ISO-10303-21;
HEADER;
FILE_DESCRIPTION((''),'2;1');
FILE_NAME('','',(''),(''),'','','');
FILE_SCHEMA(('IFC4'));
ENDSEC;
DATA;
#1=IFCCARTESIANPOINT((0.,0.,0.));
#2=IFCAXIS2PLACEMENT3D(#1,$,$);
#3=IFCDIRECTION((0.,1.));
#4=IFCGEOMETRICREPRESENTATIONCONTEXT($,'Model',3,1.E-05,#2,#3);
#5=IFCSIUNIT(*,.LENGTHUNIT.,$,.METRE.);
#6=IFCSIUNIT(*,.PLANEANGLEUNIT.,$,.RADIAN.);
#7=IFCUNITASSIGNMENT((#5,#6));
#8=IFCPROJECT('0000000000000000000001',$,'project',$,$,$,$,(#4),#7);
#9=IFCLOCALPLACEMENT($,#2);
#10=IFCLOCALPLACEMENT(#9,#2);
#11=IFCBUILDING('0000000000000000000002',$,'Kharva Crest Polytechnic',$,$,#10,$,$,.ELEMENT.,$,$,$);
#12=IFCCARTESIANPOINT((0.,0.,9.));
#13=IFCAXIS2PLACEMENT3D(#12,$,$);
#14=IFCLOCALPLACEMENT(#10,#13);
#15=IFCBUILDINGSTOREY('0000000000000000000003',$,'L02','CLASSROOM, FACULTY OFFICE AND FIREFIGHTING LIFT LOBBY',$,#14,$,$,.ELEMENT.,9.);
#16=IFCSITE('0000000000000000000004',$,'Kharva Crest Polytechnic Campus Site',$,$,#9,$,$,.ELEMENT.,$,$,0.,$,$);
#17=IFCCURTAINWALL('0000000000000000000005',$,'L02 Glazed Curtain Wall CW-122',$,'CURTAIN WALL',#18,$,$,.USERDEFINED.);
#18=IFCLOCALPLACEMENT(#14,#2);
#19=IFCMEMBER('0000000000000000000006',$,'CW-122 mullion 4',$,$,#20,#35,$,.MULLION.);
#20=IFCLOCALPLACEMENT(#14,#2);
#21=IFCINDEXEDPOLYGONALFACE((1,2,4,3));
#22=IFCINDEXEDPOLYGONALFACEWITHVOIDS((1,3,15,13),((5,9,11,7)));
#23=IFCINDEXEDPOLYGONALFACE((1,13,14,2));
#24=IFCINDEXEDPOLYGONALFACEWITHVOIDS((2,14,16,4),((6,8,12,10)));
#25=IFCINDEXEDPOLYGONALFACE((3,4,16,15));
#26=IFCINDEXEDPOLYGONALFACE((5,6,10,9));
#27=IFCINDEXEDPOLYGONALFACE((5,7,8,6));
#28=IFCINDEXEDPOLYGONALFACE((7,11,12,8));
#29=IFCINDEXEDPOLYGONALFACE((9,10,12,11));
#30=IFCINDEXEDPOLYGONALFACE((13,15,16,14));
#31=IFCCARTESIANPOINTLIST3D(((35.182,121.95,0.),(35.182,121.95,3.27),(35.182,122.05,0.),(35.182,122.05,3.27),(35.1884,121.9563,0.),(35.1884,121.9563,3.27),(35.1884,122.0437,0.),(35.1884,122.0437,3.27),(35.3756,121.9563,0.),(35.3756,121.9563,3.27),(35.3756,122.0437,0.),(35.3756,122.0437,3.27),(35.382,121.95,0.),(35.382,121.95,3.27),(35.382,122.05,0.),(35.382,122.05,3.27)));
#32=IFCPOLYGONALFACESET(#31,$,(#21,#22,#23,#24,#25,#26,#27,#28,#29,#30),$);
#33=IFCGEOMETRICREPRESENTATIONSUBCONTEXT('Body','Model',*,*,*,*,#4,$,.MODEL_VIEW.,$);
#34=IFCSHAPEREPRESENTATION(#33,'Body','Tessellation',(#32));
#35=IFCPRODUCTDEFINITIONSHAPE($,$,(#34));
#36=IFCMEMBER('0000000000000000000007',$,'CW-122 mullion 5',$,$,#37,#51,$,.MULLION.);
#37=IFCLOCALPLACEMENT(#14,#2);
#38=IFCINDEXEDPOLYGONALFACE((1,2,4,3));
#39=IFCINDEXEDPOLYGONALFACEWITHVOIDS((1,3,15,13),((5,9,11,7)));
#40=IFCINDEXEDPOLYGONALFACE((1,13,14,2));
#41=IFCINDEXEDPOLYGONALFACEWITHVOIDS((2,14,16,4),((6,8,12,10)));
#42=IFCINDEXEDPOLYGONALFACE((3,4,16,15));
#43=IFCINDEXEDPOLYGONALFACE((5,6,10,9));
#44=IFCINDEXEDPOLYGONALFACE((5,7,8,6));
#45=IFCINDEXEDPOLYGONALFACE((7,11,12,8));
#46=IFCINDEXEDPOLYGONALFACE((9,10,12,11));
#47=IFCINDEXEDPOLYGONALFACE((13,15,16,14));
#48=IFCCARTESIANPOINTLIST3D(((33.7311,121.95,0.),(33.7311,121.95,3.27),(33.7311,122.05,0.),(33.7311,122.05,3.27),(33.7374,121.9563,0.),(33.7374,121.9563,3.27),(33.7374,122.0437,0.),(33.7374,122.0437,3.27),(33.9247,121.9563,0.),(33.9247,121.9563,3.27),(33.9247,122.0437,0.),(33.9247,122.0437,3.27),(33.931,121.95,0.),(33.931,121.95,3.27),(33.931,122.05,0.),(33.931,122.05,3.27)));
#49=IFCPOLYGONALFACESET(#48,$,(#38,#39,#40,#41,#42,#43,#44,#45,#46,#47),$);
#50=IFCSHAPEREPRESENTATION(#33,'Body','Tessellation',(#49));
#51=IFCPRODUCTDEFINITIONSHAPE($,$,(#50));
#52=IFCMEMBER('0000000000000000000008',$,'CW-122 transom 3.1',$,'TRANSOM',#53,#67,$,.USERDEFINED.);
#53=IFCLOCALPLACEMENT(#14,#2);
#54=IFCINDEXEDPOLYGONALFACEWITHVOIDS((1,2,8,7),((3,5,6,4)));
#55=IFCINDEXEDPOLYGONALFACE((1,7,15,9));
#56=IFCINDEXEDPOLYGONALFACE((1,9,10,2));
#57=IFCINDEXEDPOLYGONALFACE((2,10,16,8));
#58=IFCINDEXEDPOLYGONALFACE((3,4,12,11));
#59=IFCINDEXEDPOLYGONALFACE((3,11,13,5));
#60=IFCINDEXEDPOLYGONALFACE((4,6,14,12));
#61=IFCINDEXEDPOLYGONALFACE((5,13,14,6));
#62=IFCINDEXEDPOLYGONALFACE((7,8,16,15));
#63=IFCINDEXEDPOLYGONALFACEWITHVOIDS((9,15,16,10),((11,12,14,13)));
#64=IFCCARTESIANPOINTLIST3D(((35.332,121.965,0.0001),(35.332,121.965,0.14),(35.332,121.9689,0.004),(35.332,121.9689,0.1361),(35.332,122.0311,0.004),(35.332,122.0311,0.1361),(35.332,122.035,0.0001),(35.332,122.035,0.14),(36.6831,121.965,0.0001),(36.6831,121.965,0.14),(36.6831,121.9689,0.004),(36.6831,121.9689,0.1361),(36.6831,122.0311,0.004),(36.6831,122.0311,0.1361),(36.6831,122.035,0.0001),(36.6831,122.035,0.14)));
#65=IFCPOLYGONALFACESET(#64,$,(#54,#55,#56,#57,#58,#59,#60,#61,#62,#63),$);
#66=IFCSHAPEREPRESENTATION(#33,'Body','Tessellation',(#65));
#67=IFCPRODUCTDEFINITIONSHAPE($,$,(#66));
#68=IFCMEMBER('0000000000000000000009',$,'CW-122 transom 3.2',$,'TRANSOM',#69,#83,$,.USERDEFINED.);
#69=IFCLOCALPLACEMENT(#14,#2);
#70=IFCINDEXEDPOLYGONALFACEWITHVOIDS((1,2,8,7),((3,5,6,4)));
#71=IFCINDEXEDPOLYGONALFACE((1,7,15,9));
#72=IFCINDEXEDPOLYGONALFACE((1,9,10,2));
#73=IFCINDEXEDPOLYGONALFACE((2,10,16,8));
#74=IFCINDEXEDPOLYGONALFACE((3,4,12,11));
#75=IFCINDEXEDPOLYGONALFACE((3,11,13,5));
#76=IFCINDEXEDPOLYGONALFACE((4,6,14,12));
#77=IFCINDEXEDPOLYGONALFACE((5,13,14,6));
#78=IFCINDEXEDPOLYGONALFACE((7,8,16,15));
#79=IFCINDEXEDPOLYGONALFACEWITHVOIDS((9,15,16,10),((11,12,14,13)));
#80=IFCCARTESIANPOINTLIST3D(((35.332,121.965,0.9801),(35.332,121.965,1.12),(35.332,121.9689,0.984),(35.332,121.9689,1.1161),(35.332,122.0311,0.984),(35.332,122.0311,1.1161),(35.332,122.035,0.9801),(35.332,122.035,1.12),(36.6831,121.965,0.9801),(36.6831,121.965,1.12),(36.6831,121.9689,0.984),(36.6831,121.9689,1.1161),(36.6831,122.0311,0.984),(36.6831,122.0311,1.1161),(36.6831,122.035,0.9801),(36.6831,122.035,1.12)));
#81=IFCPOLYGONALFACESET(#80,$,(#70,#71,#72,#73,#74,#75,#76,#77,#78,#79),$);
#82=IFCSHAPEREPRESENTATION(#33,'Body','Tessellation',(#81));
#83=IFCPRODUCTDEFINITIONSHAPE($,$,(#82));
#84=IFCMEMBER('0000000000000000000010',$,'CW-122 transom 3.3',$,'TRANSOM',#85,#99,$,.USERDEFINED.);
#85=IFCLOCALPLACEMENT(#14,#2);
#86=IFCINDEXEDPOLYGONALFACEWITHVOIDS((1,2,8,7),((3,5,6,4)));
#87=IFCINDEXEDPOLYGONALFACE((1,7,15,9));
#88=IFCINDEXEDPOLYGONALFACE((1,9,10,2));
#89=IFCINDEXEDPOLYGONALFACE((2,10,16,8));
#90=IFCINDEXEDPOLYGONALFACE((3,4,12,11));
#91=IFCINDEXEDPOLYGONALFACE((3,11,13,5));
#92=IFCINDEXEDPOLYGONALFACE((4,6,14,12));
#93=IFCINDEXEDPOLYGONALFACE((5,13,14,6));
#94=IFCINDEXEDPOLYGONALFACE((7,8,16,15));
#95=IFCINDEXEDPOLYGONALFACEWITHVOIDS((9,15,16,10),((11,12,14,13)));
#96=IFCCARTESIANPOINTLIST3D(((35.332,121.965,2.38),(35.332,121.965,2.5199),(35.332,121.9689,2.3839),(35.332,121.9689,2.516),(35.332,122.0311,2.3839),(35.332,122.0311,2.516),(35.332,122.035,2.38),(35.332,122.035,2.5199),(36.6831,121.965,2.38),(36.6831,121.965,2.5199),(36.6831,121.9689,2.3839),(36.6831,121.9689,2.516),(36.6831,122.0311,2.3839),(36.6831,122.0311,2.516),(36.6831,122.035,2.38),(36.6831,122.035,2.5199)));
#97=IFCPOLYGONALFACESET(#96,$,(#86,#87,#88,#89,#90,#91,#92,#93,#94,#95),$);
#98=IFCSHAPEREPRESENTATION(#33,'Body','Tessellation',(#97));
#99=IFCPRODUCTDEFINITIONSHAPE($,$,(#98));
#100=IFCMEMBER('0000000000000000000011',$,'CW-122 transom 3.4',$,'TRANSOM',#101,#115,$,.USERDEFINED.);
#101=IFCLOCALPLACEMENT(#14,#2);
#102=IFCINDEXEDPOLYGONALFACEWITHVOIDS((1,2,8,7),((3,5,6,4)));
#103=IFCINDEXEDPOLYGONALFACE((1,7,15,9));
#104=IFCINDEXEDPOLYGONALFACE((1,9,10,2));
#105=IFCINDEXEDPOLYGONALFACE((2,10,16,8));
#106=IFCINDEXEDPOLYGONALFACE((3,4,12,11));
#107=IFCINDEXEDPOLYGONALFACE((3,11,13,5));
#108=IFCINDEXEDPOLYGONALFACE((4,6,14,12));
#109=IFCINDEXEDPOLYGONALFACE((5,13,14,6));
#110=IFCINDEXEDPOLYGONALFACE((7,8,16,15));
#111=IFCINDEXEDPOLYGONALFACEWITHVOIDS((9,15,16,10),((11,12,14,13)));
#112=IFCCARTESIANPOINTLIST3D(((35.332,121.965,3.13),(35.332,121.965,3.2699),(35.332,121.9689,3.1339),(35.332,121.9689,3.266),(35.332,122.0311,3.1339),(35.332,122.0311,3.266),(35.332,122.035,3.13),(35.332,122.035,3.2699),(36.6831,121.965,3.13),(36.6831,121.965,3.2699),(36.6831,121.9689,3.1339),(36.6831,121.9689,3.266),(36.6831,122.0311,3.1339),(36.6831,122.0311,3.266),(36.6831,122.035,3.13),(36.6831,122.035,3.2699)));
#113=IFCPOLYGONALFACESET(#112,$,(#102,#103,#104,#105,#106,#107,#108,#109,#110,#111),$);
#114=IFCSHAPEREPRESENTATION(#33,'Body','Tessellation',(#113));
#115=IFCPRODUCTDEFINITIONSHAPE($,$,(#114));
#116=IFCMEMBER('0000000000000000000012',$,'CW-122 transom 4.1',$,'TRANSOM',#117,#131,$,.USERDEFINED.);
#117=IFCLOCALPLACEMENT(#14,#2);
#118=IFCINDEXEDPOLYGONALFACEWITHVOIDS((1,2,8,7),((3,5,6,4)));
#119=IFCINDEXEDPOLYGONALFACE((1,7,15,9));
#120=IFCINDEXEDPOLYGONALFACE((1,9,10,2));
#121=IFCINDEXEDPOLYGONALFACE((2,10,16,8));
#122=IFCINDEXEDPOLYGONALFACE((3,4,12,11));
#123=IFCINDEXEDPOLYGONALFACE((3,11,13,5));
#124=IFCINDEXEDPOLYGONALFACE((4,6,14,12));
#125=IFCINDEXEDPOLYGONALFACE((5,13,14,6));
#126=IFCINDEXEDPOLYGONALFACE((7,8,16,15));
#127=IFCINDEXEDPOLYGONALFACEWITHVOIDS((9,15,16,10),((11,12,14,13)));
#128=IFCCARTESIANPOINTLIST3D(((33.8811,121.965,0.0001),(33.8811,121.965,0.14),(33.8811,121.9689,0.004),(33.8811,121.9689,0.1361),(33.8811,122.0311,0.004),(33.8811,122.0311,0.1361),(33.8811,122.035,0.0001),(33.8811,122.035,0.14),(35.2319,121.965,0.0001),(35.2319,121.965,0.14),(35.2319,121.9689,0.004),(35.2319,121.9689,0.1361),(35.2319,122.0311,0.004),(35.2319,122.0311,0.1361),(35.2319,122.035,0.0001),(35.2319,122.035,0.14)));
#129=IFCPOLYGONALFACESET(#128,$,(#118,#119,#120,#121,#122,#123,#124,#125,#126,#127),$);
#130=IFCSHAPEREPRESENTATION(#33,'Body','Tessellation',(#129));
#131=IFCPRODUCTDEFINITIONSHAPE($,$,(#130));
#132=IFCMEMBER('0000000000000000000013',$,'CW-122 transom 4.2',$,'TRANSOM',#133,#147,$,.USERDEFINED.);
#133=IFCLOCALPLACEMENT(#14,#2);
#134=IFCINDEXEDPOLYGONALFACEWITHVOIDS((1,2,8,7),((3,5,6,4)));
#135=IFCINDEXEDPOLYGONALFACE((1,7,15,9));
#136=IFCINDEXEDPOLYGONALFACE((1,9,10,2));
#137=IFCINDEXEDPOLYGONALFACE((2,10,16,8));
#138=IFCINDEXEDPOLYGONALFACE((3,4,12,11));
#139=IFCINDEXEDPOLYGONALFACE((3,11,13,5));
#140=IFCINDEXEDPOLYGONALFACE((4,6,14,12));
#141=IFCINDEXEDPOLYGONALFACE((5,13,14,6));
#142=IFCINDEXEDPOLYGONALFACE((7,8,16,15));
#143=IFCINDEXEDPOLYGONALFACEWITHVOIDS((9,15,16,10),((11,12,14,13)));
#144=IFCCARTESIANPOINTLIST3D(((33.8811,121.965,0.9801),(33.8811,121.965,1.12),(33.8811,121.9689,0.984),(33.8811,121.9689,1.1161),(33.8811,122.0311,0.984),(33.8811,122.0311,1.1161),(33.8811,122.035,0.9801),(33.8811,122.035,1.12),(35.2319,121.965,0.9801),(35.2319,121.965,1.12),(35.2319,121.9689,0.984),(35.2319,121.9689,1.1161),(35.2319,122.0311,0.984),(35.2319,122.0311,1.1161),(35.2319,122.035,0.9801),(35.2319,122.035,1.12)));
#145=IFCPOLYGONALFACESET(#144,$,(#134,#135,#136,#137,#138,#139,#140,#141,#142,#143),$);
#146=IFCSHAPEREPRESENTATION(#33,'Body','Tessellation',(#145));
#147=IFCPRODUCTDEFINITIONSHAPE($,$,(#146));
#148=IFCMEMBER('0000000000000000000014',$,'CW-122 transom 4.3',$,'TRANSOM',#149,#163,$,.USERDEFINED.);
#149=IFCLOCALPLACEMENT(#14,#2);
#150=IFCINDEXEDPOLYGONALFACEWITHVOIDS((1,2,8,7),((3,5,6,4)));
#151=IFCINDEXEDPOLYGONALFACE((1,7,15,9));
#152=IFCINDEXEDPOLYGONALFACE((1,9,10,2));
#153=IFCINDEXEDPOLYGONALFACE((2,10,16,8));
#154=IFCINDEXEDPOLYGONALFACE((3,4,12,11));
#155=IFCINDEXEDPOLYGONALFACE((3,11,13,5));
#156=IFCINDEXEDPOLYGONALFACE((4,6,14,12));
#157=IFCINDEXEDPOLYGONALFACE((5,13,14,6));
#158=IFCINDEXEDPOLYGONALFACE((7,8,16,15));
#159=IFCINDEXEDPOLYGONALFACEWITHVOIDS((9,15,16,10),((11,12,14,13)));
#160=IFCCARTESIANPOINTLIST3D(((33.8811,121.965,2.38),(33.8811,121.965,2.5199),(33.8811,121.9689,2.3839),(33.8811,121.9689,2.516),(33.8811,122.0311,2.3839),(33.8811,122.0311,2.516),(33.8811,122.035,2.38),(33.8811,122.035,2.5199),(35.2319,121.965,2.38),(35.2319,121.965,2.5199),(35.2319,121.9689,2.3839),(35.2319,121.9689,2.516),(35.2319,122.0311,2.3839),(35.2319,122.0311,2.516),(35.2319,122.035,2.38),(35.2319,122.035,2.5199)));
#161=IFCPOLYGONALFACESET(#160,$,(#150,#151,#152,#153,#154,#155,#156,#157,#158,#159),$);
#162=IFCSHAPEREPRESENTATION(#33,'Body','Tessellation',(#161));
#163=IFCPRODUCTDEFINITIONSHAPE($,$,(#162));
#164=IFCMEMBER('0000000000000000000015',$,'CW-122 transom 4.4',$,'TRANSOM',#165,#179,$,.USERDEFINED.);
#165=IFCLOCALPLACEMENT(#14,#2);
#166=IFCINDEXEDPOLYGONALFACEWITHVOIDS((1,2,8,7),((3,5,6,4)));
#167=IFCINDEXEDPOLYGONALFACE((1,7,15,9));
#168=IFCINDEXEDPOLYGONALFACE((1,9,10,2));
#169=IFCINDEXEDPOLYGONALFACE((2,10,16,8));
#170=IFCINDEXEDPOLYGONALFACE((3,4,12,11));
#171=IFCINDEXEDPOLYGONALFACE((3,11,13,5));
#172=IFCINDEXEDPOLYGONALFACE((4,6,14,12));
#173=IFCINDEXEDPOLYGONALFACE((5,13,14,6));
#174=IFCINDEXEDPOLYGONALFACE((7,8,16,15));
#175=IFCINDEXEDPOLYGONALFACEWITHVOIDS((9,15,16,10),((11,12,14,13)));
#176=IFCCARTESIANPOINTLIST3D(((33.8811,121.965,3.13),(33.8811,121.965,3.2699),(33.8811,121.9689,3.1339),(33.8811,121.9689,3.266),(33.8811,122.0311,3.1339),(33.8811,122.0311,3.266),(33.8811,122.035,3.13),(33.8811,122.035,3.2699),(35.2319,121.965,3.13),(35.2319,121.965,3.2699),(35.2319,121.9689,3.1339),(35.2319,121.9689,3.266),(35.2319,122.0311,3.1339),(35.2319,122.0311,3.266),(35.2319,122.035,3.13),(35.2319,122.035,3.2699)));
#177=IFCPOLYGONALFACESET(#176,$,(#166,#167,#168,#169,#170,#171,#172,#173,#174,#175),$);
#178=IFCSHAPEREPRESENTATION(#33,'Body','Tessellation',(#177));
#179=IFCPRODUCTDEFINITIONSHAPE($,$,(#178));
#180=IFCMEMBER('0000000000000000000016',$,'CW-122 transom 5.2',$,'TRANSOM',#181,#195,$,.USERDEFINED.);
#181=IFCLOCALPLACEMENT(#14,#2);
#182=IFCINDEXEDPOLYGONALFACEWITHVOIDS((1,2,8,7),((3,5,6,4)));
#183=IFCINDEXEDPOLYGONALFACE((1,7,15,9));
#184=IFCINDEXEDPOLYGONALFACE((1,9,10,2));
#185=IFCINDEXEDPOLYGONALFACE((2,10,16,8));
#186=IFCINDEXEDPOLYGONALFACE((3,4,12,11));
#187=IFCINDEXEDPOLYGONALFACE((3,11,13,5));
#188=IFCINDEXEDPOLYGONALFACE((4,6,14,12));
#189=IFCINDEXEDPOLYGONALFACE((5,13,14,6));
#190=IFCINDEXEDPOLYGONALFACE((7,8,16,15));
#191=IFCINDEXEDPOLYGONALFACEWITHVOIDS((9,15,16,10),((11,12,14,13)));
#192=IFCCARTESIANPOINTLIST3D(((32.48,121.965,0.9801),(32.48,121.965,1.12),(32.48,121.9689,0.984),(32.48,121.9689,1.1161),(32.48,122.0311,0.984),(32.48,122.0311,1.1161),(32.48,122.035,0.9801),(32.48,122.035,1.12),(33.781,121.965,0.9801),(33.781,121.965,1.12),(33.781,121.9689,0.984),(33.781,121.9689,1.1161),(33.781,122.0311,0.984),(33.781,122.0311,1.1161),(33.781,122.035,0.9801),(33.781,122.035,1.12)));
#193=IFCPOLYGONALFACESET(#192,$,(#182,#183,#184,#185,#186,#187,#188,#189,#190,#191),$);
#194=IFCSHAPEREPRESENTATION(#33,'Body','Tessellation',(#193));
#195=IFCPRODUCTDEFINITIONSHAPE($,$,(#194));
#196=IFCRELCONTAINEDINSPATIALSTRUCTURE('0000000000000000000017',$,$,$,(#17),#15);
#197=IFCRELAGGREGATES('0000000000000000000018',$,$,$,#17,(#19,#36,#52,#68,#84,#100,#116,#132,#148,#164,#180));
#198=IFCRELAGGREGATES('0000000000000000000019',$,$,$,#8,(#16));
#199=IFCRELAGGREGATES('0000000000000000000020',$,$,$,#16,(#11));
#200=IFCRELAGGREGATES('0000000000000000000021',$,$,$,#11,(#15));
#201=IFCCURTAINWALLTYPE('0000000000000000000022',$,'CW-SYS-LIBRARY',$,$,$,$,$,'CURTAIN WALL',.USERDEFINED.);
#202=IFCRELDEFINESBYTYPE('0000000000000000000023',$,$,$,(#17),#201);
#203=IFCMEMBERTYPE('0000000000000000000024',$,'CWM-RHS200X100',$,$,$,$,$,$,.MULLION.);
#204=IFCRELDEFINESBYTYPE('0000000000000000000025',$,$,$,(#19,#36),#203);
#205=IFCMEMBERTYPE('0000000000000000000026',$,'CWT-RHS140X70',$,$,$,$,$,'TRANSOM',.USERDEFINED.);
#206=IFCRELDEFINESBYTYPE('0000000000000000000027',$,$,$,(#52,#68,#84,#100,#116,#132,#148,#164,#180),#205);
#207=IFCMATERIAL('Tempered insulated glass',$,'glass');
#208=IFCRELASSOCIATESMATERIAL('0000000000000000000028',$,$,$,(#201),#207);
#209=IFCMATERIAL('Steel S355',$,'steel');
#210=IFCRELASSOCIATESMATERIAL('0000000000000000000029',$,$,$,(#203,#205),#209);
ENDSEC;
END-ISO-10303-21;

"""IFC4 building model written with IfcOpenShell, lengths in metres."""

from ifc_helpers import new_model, si_unit, direction, frame, origin, origin_2d, place, context, subcontext, project, spatial, hollow_rectangle, extrude, material, material_profile, profile_set, type_object, element, aggregate, save


model = new_model("IFC4")

# Units and contexts
model_context = context("Model", 3, precision=1e-05, world=origin(), true_north=direction((0.0, 1.0)))
body_context = subcontext(model_context, "Body", "Model", "MODEL_VIEW")
ifc_project = project(units=[si_unit("LENGTHUNIT", "METRE"), si_unit("PLANEANGLEUNIT", "RADIAN")], contexts=[model_context])

# Site, building, storey
site_placement = place(None, origin())
site = spatial("IfcSite", under=ifc_project, at=site_placement, Name="Kharva Crest Polytechnic Campus Site", CompositionType="ELEMENT", RefElevation=0.0)
building_placement = place(site_placement, origin())
building = spatial("IfcBuilding", under=site, at=building_placement, Name="Kharva Crest Polytechnic", CompositionType="ELEMENT")
storey_placement = place(building_placement, frame((0.0, 0.0, 9.0)))
storey = spatial("IfcBuildingStorey", under=building, at=storey_placement, Name="L02", Description="CLASSROOM, FACULTY OFFICE AND FIREFIGHTING LIFT LOBBY", CompositionType="ELEMENT", Elevation=9.0)

# Curtain wall, members
ifc_material_1 = material(Name="Tempered insulated glass", Category="glass")
curtain_wall_type = type_object("IfcCurtainWallType", Name="CW-SYS-LIBRARY", ElementType="CURTAIN WALL", PredefinedType="USERDEFINED", material=ifc_material_1)
curtain_wall_placement = place(storey_placement, origin())
curtain_wall = element("IfcCurtainWall", 1, at=curtain_wall_placement, inside=storey, type_object=curtain_wall_type, Name="L02 Glazed Curtain Wall CW-122", ObjectType="CURTAIN WALL", PredefinedType="USERDEFINED")
ifc_material_2 = material(Name="Steel S355", Category="steel")
ifc_material_profile_1 = material_profile(ifc_material_2, hollow_rectangle(XDim=0.1001, YDim=0.2, WallThickness=0.0063, at=origin_2d()), Name="RHS 200X100X6.3")
ifc_profile_set_1 = profile_set([ifc_material_profile_1], Name="Steel S355")
member_type_1 = type_object("IfcMemberType", Name="CWM-RHS200X100", PredefinedType="MULLION", material=ifc_profile_set_1)
member_1_placement = place(storey_placement, frame((35.282, 122.0, 0.0), z_axis=(0.0, 0.0, 1.0), x_axis=(0.0, -1.0, 0.0)))
member_1 = element("IfcMember", 2, at=member_1_placement, type_object=member_type_1, Name="CW-122 mullion 4", PredefinedType="MULLION", context=body_context, shape_type="SweptSolid", body=[
    extrude(hollow_rectangle(XDim=0.1001, YDim=0.2, WallThickness=0.0063, at=origin_2d()), origin(), (0.0, 0.0, 1.0), 3.27),
])
member_2_placement = place(storey_placement, frame((33.8311, 122.0, 0.0), z_axis=(0.0, 0.0, 1.0), x_axis=(0.0, -1.0, 0.0)))
member_2 = element("IfcMember", 3, at=member_2_placement, type_object=member_type_1, Name="CW-122 mullion 5", PredefinedType="MULLION", context=body_context, shape_type="SweptSolid", body=[
    extrude(hollow_rectangle(XDim=0.1001, YDim=0.2, WallThickness=0.0063, at=origin_2d()), origin(), (0.0, 0.0, 1.0), 3.27),
])
ifc_material_profile_2 = material_profile(ifc_material_2, hollow_rectangle(XDim=0.0701, YDim=0.1399, WallThickness=0.0039, at=origin_2d()), Name="RHS 140X70X4.0")
ifc_profile_set_2 = profile_set([ifc_material_profile_2], Name="Steel S355")
member_type_2 = type_object("IfcMemberType", Name="CWT-RHS140X70", ElementType="TRANSOM", PredefinedType="USERDEFINED", material=ifc_profile_set_2)
member_3_placement = place(storey_placement, frame((36.6831, 122.0, 0.0701), z_axis=(-1.0, 0.0, 0.0), x_axis=(0.0, -1.0, 0.0)))
member_3 = element("IfcMember", 4, at=member_3_placement, type_object=member_type_2, Name="CW-122 transom 3.1", ObjectType="TRANSOM", PredefinedType="USERDEFINED", context=body_context, shape_type="SweptSolid", body=[
    extrude(hollow_rectangle(XDim=0.0701, YDim=0.1399, WallThickness=0.0039, at=origin_2d()), origin(), (0.0, 0.0, 1.0), 1.3511),
])
member_4_placement = place(storey_placement, frame((36.6831, 122.0, 1.05), z_axis=(-1.0, 0.0, 0.0), x_axis=(0.0, -1.0, 0.0)))
member_4 = element("IfcMember", 5, at=member_4_placement, type_object=member_type_2, Name="CW-122 transom 3.2", ObjectType="TRANSOM", PredefinedType="USERDEFINED", context=body_context, shape_type="SweptSolid", body=[
    extrude(hollow_rectangle(XDim=0.0701, YDim=0.1399, WallThickness=0.0039, at=origin_2d()), origin(), (0.0, 0.0, 1.0), 1.3511),
])
member_5_placement = place(storey_placement, frame((36.6831, 122.0, 2.45), z_axis=(-1.0, 0.0, 0.0), x_axis=(0.0, -1.0, 0.0)))
member_5 = element("IfcMember", 6, at=member_5_placement, type_object=member_type_2, Name="CW-122 transom 3.3", ObjectType="TRANSOM", PredefinedType="USERDEFINED", context=body_context, shape_type="SweptSolid", body=[
    extrude(hollow_rectangle(XDim=0.0701, YDim=0.1399, WallThickness=0.0039, at=origin_2d()), origin(), (0.0, 0.0, 1.0), 1.3511),
])
member_6_placement = place(storey_placement, frame((36.6831, 122.0, 3.2), z_axis=(-1.0, 0.0, 0.0), x_axis=(0.0, -1.0, 0.0)))
member_6 = element("IfcMember", 7, at=member_6_placement, type_object=member_type_2, Name="CW-122 transom 3.4", ObjectType="TRANSOM", PredefinedType="USERDEFINED", context=body_context, shape_type="SweptSolid", body=[
    extrude(hollow_rectangle(XDim=0.0701, YDim=0.1399, WallThickness=0.0039, at=origin_2d()), origin(), (0.0, 0.0, 1.0), 1.3511),
])
member_7_placement = place(storey_placement, frame((35.2319, 122.0, 0.0701), z_axis=(-1.0, 0.0, 0.0), x_axis=(0.0, -1.0, 0.0)))
member_7 = element("IfcMember", 8, at=member_7_placement, type_object=member_type_2, Name="CW-122 transom 4.1", ObjectType="TRANSOM", PredefinedType="USERDEFINED", context=body_context, shape_type="SweptSolid", body=[
    extrude(hollow_rectangle(XDim=0.0701, YDim=0.1399, WallThickness=0.0039, at=origin_2d()), origin(), (0.0, 0.0, 1.0), 1.3508),
])
member_8_placement = place(storey_placement, frame((35.2319, 122.0, 1.05), z_axis=(-1.0, 0.0, 0.0), x_axis=(0.0, -1.0, 0.0)))
member_8 = element("IfcMember", 9, at=member_8_placement, type_object=member_type_2, Name="CW-122 transom 4.2", ObjectType="TRANSOM", PredefinedType="USERDEFINED", context=body_context, shape_type="SweptSolid", body=[
    extrude(hollow_rectangle(XDim=0.0701, YDim=0.1399, WallThickness=0.0039, at=origin_2d()), origin(), (0.0, 0.0, 1.0), 1.3508),
])
member_9_placement = place(storey_placement, frame((35.2319, 122.0, 2.45), z_axis=(-1.0, 0.0, 0.0), x_axis=(0.0, -1.0, 0.0)))
member_9 = element("IfcMember", 10, at=member_9_placement, type_object=member_type_2, Name="CW-122 transom 4.3", ObjectType="TRANSOM", PredefinedType="USERDEFINED", context=body_context, shape_type="SweptSolid", body=[
    extrude(hollow_rectangle(XDim=0.0701, YDim=0.1399, WallThickness=0.0039, at=origin_2d()), origin(), (0.0, 0.0, 1.0), 1.3508),
])
member_10_placement = place(storey_placement, frame((35.2319, 122.0, 3.2), z_axis=(-1.0, 0.0, 0.0), x_axis=(0.0, -1.0, 0.0)))
member_10 = element("IfcMember", 11, at=member_10_placement, type_object=member_type_2, Name="CW-122 transom 4.4", ObjectType="TRANSOM", PredefinedType="USERDEFINED", context=body_context, shape_type="SweptSolid", body=[
    extrude(hollow_rectangle(XDim=0.0701, YDim=0.1399, WallThickness=0.0039, at=origin_2d()), origin(), (0.0, 0.0, 1.0), 1.3508),
])
member_11_placement = place(storey_placement, frame((33.781, 122.0, 1.05), z_axis=(-1.0, 0.0, 0.0), x_axis=(0.0, -1.0, 0.0)))
member_11 = element("IfcMember", 12, at=member_11_placement, type_object=member_type_2, Name="CW-122 transom 5.2", ObjectType="TRANSOM", PredefinedType="USERDEFINED", context=body_context, shape_type="SweptSolid", body=[
    extrude(hollow_rectangle(XDim=0.0701, YDim=0.1399, WallThickness=0.0039, at=origin_2d()), origin(), (0.0, 0.0, 1.0), 1.301),
])
aggregate(curtain_wall, [member_1, member_2, member_3, member_4, member_5, member_6, member_7, member_8, member_9, member_10, member_11])

save(model, "model.ifc")
